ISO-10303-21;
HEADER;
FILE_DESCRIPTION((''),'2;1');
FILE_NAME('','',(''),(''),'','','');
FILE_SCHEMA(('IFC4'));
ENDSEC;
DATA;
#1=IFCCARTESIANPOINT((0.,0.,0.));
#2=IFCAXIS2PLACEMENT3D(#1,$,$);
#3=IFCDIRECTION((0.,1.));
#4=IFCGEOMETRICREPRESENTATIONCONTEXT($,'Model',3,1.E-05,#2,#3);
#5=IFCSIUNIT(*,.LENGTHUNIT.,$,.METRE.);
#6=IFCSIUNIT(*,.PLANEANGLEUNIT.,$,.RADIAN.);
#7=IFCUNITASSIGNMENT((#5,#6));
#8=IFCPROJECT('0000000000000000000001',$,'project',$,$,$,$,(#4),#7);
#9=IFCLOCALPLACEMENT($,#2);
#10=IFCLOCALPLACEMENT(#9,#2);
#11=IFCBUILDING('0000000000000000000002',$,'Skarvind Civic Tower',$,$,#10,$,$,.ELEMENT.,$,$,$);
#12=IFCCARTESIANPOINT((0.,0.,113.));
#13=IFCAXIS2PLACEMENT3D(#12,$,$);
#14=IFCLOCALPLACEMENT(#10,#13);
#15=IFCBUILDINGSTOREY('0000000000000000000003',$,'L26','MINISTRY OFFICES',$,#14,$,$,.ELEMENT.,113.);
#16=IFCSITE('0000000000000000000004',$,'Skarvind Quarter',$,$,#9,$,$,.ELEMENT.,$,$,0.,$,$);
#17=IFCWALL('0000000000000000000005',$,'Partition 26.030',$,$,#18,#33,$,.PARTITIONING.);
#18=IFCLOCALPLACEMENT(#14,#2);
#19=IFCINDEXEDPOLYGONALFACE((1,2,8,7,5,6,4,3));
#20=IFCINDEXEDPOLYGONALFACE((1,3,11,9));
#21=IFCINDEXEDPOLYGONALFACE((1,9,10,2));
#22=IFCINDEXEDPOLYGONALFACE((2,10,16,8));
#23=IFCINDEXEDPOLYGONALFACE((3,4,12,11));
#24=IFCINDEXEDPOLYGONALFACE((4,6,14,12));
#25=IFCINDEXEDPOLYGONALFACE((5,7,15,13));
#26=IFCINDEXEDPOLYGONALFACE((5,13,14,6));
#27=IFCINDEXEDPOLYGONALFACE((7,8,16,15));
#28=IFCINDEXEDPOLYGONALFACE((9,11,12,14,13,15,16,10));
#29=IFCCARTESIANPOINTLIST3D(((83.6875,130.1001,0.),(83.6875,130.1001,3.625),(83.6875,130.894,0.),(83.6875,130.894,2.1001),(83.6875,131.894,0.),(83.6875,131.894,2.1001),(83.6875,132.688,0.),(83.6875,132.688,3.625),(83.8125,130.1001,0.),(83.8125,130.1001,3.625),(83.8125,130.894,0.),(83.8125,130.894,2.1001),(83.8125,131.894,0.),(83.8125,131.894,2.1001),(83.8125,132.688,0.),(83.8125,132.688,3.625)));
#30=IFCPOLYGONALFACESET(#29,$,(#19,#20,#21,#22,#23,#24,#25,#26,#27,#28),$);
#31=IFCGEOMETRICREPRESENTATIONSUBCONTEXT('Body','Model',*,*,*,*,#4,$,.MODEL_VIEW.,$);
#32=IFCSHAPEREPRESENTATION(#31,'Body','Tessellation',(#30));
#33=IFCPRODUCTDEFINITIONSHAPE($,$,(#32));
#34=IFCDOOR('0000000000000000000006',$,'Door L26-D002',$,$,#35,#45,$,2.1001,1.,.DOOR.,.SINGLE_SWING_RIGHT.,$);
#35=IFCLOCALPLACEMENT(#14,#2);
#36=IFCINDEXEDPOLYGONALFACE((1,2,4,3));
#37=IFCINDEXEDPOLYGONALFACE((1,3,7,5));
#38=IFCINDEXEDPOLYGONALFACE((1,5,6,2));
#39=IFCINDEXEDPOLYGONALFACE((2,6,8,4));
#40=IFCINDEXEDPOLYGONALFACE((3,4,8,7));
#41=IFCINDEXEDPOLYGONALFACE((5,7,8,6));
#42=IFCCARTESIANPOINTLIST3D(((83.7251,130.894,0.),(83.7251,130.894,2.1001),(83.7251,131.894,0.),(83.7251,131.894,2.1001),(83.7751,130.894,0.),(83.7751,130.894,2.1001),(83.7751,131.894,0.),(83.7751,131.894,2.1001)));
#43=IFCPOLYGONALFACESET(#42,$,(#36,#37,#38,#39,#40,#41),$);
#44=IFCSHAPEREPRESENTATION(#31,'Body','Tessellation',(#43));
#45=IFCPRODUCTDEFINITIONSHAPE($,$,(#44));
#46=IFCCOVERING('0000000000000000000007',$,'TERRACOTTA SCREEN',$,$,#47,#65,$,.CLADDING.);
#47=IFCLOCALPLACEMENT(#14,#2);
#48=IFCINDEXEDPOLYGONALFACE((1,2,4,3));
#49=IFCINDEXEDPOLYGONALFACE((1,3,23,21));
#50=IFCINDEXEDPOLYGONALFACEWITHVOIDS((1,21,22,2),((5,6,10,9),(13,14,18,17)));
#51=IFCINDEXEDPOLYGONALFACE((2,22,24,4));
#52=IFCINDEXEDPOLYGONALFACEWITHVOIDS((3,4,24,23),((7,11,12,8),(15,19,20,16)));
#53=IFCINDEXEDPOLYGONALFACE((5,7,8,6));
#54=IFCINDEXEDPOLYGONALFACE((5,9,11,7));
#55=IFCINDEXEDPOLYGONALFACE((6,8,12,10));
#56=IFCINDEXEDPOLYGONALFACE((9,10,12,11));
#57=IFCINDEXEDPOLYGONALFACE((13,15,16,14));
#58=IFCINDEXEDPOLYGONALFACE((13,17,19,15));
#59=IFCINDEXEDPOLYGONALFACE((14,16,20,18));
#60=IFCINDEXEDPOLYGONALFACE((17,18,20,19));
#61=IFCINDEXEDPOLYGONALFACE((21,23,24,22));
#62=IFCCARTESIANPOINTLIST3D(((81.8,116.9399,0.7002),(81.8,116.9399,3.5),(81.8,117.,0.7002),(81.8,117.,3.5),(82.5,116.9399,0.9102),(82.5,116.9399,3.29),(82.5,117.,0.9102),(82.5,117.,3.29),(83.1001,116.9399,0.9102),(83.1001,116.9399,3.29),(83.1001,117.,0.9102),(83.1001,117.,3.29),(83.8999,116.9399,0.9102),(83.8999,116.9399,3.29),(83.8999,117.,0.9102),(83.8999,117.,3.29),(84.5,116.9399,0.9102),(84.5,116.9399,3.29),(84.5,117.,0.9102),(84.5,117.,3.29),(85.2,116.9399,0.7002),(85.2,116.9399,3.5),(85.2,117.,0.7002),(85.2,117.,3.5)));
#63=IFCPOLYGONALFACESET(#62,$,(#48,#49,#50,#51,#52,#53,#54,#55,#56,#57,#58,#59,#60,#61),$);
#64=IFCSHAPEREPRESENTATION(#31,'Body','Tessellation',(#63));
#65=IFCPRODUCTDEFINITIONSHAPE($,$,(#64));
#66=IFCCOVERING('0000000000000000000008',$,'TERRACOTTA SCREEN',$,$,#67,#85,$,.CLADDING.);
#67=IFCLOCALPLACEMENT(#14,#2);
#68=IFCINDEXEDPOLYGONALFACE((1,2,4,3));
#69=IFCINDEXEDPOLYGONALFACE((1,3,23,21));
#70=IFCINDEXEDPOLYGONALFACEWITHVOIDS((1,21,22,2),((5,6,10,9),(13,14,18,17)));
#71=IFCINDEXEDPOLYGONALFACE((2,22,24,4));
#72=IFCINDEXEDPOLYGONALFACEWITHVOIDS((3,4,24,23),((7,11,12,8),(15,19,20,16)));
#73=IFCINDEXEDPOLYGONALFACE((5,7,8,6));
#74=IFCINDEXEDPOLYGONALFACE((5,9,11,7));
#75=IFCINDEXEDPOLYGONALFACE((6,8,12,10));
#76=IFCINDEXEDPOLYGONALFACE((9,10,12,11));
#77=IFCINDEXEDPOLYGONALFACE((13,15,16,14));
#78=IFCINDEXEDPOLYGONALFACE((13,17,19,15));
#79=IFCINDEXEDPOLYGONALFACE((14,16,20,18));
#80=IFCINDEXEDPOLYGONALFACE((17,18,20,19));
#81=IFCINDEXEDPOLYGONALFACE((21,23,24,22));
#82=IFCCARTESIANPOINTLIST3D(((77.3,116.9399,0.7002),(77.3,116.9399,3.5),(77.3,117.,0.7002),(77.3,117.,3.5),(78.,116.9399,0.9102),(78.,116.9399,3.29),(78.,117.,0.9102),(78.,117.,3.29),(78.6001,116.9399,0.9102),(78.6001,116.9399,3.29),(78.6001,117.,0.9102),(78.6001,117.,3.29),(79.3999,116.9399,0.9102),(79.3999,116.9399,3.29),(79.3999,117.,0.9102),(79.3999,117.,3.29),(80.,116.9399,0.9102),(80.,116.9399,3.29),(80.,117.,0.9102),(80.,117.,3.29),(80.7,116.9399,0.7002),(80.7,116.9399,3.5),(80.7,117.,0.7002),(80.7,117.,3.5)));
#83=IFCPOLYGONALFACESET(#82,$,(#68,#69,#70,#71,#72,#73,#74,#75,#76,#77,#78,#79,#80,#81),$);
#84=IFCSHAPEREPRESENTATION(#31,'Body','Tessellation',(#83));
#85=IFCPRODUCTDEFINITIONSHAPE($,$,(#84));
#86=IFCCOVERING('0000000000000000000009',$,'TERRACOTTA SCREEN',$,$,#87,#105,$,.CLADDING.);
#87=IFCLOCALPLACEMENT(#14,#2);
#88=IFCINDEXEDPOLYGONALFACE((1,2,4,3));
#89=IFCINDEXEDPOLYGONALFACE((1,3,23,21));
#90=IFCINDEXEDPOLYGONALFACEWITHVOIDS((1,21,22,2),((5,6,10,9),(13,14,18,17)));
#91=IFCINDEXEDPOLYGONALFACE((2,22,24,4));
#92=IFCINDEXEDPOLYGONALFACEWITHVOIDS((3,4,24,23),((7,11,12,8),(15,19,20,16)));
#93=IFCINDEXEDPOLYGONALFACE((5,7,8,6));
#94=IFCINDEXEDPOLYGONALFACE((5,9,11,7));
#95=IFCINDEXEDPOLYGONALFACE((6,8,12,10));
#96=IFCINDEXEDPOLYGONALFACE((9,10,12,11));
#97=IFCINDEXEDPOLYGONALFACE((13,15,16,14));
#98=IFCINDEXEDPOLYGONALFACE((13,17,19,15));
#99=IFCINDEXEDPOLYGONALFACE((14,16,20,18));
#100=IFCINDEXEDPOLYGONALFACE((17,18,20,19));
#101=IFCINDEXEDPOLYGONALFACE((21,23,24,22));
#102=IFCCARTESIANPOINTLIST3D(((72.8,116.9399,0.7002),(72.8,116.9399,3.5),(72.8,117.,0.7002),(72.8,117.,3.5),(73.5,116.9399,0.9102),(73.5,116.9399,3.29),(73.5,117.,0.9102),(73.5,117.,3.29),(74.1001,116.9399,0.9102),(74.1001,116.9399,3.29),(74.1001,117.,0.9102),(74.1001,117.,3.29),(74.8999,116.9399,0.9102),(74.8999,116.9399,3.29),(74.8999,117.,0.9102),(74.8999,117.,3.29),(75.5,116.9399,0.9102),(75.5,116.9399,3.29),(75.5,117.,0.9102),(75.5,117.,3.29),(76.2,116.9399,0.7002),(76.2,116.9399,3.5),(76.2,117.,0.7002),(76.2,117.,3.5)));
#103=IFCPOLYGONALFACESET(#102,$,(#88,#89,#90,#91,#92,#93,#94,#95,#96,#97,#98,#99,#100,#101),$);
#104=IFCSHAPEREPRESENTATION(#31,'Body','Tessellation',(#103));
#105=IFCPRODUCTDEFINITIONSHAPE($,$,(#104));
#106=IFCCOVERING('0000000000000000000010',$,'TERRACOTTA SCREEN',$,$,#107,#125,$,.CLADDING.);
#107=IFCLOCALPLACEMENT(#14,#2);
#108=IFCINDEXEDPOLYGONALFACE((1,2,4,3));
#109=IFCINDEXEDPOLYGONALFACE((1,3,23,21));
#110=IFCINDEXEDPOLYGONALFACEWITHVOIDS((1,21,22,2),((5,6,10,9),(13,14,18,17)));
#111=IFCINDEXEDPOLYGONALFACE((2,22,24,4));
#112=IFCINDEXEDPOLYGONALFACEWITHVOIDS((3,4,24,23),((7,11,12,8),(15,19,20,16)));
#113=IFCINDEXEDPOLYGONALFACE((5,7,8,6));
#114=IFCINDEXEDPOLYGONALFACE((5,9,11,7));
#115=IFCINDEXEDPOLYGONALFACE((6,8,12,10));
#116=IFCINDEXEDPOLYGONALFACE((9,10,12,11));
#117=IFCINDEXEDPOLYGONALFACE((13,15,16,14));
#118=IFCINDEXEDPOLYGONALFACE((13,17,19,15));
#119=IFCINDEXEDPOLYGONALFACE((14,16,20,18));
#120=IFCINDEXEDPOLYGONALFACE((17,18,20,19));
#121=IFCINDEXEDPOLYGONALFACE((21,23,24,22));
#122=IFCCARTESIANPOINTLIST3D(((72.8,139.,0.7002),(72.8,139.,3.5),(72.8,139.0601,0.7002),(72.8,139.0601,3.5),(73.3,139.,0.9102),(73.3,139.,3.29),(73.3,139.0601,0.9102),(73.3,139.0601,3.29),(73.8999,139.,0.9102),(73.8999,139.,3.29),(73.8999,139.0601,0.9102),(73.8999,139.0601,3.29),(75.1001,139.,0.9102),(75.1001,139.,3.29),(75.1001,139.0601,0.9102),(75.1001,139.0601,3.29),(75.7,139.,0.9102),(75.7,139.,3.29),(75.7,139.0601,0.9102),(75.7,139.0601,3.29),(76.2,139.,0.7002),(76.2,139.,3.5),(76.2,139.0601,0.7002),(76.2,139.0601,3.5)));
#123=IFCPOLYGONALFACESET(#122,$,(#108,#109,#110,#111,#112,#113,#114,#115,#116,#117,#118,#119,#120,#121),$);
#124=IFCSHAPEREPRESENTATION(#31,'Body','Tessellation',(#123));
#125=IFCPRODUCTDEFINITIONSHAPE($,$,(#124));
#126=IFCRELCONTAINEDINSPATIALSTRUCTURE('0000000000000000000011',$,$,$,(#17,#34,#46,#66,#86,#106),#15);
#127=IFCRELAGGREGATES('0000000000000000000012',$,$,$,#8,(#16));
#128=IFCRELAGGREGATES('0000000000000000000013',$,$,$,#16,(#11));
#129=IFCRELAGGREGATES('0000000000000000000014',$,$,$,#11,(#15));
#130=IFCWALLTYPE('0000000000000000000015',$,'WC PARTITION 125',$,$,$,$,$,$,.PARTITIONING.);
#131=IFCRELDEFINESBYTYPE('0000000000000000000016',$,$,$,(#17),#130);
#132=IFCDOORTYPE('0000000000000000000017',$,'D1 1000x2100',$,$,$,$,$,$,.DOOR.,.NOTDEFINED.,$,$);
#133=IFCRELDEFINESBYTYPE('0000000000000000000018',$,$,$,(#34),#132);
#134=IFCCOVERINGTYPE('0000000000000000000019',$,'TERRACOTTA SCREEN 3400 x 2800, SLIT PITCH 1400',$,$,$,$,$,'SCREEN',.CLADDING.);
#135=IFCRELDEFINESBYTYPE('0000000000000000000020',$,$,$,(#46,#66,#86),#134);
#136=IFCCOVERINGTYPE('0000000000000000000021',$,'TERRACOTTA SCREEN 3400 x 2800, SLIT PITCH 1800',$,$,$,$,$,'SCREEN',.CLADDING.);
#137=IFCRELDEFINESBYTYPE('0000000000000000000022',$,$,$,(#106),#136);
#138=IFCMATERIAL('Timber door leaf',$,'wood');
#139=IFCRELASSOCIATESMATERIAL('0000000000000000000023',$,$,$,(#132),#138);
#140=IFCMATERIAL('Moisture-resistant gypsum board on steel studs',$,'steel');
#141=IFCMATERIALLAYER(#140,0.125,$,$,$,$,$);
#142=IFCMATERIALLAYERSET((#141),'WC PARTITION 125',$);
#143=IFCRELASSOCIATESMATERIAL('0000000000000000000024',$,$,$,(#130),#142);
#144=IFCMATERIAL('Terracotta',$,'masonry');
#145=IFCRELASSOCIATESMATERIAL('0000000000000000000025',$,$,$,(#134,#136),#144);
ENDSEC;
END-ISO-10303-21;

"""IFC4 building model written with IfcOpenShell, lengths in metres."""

from ifc_helpers import new_model, si_unit, direction, frame, frame_2d, origin, place, context, subcontext, project, spatial, polyline, rectangle, outline, extrude, material, layer, layer_set, material_profile, profile_set, type_object, element, fill, save


model = new_model("IFC4")

# Units and contexts
model_context = context("Model", 3, precision=1e-05, world=origin(), true_north=direction((0.0, 1.0)))
body_context = subcontext(model_context, "Body", "Model", "MODEL_VIEW")
ifc_project = project(units=[si_unit("LENGTHUNIT", "METRE"), si_unit("PLANEANGLEUNIT", "RADIAN")], contexts=[model_context])

# Site, building, storey
site_placement = place(None, origin())
site = spatial("IfcSite", under=ifc_project, at=site_placement, Name="Skarvind Quarter", CompositionType="ELEMENT", RefElevation=0.0)
building_placement = place(site_placement, origin())
building = spatial("IfcBuilding", under=site, at=building_placement, Name="Skarvind Civic Tower", CompositionType="ELEMENT")
storey_placement = place(building_placement, frame((0.0, 0.0, 113.0)))
storey = spatial("IfcBuildingStorey", under=building, at=storey_placement, Name="L26", Description="MINISTRY OFFICES", CompositionType="ELEMENT", Elevation=113.0)

# Shared definitions
ifc_material_1 = material(Name="Timber door leaf", Category="wood")

# Shared definitions
door_type_1 = type_object("IfcDoorType", Name="D1 1000x2100", OperationType="NOTDEFINED", PredefinedType="DOOR", material=ifc_material_1)

# Shared definitions
ifc_material_2 = material(Name="Moisture-resistant gypsum board on steel studs", Category="steel")
ifc_layer_1 = layer(ifc_material_2, 0.125)
ifc_layer_set_1 = layer_set([ifc_layer_1], Name="WC PARTITION 125")
wall_type_1 = type_object("IfcWallType", Name="WC PARTITION 125", PredefinedType="PARTITIONING", material=ifc_layer_set_1)

# Wall, opening, door
wall_1_placement = place(storey_placement, frame((83.75, 130.1001, 0.0), z_axis=(0.0, 0.0, 1.0), x_axis=(0.0, 1.0, 0.0)))
wall_1 = element("IfcWall", 1, at=wall_1_placement, inside=storey, type_object=wall_type_1, Name="Partition 26.030", PredefinedType="PARTITIONING", context=body_context, shape_type="SweptSolid", body=[
    extrude(rectangle(XDim=2.5879, YDim=0.125, at=frame_2d((1.2939, 0.0))), origin(), (0.0, 0.0, 1.0), 3.625),
])
opening_1_placement = place(wall_1_placement, frame((0.7939, 0.0, 0.0)))
opening_1 = element("IfcOpeningElement", 2, at=opening_1_placement, cuts=wall_1, PredefinedType="OPENING", context=body_context, shape_type="SweptSolid", body=[
    extrude(rectangle(XDim=1.0, YDim=2.1001, at=frame_2d((0.5, 1.05))), frame((0.0, 0.0725, 0.0), z_axis=(0.0, -1.0, 0.0), x_axis=(1.0, 0.0, 0.0)), (0.0, 0.0, 1.0), 0.145),
])
door_1_placement = place(opening_1_placement, origin())
door_1 = element("IfcDoor", 3, at=door_1_placement, inside=storey, type_object=door_type_1, Name="Door L26-D002", OperationType="SINGLE_SWING_RIGHT", OverallHeight=2.1001, OverallWidth=1.0, PredefinedType="DOOR", context=body_context, shape_type="SweptSolid", body=[
    extrude(rectangle(XDim=1.0, YDim=2.1001, at=frame_2d((0.5, 1.05))), frame((0.0, 0.0249, 0.0), z_axis=(0.0, -1.0, 0.0), x_axis=(1.0, 0.0, 0.0)), (0.0, 0.0, 1.0), 0.05),
])
fill(opening_1, door_1)

# Coverings
ifc_material_3 = material(Name="Terracotta", Category="masonry")
ifc_material_profile_1 = material_profile(ifc_material_3, outline(polyline([(-1.7, -1.3999), (1.7, -1.3999), (1.7, 1.3999), (-1.7, 1.3999), (-1.7, -1.3999)]), holes=[polyline([(-1.0, -1.1899), (-0.3999, -1.1899), (-0.3999, 1.1899), (-1.0, 1.1899), (-1.0, -1.1899)]), polyline([(0.3999, -1.1899), (1.0, -1.1899), (1.0, 1.1899), (0.3999, 1.1899), (0.3999, -1.1899)])]), Name="TERRACOTTA SCREEN 3400 x 2800, SLIT PITCH 1400")
ifc_profile_set_1 = profile_set([ifc_material_profile_1], Name="Terracotta")
covering_type_1 = type_object("IfcCoveringType", Name="TERRACOTTA SCREEN 3400 x 2800, SLIT PITCH 1400", ElementType="SCREEN", PredefinedType="CLADDING", material=ifc_profile_set_1)
for number, where, z_axis, x_axis, name in (
    (4, (83.5, 117.0, 2.1001), (0.0, -1.0, 0.0), (1.0, 0.0, 0.0), "TERRACOTTA SCREEN"),
    (5, (79.0, 117.0, 2.1001), (0.0, -1.0, 0.0), (1.0, 0.0, 0.0), "TERRACOTTA SCREEN"),
    (6, (74.5, 117.0, 2.1001), (0.0, -1.0, 0.0), (1.0, 0.0, 0.0), "TERRACOTTA SCREEN"),
):
    element("IfcCovering", number, at=place(storey_placement, frame(where, z_axis=z_axis, x_axis=x_axis)), inside=storey, type_object=covering_type_1, Name=name, PredefinedType="CLADDING", context=body_context, shape_type="SweptSolid", body=[
        extrude(outline(polyline([(-1.7, -1.3999), (1.7, -1.3999), (1.7, 1.3999), (-1.7, 1.3999), (-1.7, -1.3999)]), holes=[polyline([(-1.0, -1.1899), (-0.3999, -1.1899), (-0.3999, 1.1899), (-1.0, 1.1899), (-1.0, -1.1899)]), polyline([(0.3999, -1.1899), (1.0, -1.1899), (1.0, 1.1899), (0.3999, 1.1899), (0.3999, -1.1899)])]), origin(), (0.0, 0.0, 1.0), 0.0601),
    ])
ifc_material_profile_2 = material_profile(ifc_material_3, outline(polyline([(-1.7, -1.3999), (1.7, -1.3999), (1.7, 1.3999), (-1.7, 1.3999), (-1.7, -1.3999)]), holes=[polyline([(-1.2, -1.1899), (-0.6001, -1.1899), (-0.6001, 1.1899), (-1.2, 1.1899), (-1.2, -1.1899)]), polyline([(0.6001, -1.1899), (1.2, -1.1899), (1.2, 1.1899), (0.6001, 1.1899), (0.6001, -1.1899)])]), Name="TERRACOTTA SCREEN 3400 x 2800, SLIT PITCH 1800")
ifc_profile_set_2 = profile_set([ifc_material_profile_2], Name="Terracotta")
covering_type_2 = type_object("IfcCoveringType", Name="TERRACOTTA SCREEN 3400 x 2800, SLIT PITCH 1800", ElementType="SCREEN", PredefinedType="CLADDING", material=ifc_profile_set_2)
covering_placement = place(storey_placement, frame((74.5, 139.0, 2.1001), z_axis=(0.0, 1.0, 0.0), x_axis=(-1.0, 0.0, 0.0)))
element("IfcCovering", 7, at=covering_placement, inside=storey, type_object=covering_type_2, Name="TERRACOTTA SCREEN", PredefinedType="CLADDING", context=body_context, shape_type="SweptSolid", body=[
    extrude(outline(polyline([(-1.7, -1.3999), (1.7, -1.3999), (1.7, 1.3999), (-1.7, 1.3999), (-1.7, -1.3999)]), holes=[polyline([(-1.2, -1.1899), (-0.6001, -1.1899), (-0.6001, 1.1899), (-1.2, 1.1899), (-1.2, -1.1899)]), polyline([(0.6001, -1.1899), (1.2, -1.1899), (1.2, 1.1899), (0.6001, 1.1899), (0.6001, -1.1899)])]), origin(), (0.0, 0.0, 1.0), 0.0601),
])

save(model, "model.ifc")
